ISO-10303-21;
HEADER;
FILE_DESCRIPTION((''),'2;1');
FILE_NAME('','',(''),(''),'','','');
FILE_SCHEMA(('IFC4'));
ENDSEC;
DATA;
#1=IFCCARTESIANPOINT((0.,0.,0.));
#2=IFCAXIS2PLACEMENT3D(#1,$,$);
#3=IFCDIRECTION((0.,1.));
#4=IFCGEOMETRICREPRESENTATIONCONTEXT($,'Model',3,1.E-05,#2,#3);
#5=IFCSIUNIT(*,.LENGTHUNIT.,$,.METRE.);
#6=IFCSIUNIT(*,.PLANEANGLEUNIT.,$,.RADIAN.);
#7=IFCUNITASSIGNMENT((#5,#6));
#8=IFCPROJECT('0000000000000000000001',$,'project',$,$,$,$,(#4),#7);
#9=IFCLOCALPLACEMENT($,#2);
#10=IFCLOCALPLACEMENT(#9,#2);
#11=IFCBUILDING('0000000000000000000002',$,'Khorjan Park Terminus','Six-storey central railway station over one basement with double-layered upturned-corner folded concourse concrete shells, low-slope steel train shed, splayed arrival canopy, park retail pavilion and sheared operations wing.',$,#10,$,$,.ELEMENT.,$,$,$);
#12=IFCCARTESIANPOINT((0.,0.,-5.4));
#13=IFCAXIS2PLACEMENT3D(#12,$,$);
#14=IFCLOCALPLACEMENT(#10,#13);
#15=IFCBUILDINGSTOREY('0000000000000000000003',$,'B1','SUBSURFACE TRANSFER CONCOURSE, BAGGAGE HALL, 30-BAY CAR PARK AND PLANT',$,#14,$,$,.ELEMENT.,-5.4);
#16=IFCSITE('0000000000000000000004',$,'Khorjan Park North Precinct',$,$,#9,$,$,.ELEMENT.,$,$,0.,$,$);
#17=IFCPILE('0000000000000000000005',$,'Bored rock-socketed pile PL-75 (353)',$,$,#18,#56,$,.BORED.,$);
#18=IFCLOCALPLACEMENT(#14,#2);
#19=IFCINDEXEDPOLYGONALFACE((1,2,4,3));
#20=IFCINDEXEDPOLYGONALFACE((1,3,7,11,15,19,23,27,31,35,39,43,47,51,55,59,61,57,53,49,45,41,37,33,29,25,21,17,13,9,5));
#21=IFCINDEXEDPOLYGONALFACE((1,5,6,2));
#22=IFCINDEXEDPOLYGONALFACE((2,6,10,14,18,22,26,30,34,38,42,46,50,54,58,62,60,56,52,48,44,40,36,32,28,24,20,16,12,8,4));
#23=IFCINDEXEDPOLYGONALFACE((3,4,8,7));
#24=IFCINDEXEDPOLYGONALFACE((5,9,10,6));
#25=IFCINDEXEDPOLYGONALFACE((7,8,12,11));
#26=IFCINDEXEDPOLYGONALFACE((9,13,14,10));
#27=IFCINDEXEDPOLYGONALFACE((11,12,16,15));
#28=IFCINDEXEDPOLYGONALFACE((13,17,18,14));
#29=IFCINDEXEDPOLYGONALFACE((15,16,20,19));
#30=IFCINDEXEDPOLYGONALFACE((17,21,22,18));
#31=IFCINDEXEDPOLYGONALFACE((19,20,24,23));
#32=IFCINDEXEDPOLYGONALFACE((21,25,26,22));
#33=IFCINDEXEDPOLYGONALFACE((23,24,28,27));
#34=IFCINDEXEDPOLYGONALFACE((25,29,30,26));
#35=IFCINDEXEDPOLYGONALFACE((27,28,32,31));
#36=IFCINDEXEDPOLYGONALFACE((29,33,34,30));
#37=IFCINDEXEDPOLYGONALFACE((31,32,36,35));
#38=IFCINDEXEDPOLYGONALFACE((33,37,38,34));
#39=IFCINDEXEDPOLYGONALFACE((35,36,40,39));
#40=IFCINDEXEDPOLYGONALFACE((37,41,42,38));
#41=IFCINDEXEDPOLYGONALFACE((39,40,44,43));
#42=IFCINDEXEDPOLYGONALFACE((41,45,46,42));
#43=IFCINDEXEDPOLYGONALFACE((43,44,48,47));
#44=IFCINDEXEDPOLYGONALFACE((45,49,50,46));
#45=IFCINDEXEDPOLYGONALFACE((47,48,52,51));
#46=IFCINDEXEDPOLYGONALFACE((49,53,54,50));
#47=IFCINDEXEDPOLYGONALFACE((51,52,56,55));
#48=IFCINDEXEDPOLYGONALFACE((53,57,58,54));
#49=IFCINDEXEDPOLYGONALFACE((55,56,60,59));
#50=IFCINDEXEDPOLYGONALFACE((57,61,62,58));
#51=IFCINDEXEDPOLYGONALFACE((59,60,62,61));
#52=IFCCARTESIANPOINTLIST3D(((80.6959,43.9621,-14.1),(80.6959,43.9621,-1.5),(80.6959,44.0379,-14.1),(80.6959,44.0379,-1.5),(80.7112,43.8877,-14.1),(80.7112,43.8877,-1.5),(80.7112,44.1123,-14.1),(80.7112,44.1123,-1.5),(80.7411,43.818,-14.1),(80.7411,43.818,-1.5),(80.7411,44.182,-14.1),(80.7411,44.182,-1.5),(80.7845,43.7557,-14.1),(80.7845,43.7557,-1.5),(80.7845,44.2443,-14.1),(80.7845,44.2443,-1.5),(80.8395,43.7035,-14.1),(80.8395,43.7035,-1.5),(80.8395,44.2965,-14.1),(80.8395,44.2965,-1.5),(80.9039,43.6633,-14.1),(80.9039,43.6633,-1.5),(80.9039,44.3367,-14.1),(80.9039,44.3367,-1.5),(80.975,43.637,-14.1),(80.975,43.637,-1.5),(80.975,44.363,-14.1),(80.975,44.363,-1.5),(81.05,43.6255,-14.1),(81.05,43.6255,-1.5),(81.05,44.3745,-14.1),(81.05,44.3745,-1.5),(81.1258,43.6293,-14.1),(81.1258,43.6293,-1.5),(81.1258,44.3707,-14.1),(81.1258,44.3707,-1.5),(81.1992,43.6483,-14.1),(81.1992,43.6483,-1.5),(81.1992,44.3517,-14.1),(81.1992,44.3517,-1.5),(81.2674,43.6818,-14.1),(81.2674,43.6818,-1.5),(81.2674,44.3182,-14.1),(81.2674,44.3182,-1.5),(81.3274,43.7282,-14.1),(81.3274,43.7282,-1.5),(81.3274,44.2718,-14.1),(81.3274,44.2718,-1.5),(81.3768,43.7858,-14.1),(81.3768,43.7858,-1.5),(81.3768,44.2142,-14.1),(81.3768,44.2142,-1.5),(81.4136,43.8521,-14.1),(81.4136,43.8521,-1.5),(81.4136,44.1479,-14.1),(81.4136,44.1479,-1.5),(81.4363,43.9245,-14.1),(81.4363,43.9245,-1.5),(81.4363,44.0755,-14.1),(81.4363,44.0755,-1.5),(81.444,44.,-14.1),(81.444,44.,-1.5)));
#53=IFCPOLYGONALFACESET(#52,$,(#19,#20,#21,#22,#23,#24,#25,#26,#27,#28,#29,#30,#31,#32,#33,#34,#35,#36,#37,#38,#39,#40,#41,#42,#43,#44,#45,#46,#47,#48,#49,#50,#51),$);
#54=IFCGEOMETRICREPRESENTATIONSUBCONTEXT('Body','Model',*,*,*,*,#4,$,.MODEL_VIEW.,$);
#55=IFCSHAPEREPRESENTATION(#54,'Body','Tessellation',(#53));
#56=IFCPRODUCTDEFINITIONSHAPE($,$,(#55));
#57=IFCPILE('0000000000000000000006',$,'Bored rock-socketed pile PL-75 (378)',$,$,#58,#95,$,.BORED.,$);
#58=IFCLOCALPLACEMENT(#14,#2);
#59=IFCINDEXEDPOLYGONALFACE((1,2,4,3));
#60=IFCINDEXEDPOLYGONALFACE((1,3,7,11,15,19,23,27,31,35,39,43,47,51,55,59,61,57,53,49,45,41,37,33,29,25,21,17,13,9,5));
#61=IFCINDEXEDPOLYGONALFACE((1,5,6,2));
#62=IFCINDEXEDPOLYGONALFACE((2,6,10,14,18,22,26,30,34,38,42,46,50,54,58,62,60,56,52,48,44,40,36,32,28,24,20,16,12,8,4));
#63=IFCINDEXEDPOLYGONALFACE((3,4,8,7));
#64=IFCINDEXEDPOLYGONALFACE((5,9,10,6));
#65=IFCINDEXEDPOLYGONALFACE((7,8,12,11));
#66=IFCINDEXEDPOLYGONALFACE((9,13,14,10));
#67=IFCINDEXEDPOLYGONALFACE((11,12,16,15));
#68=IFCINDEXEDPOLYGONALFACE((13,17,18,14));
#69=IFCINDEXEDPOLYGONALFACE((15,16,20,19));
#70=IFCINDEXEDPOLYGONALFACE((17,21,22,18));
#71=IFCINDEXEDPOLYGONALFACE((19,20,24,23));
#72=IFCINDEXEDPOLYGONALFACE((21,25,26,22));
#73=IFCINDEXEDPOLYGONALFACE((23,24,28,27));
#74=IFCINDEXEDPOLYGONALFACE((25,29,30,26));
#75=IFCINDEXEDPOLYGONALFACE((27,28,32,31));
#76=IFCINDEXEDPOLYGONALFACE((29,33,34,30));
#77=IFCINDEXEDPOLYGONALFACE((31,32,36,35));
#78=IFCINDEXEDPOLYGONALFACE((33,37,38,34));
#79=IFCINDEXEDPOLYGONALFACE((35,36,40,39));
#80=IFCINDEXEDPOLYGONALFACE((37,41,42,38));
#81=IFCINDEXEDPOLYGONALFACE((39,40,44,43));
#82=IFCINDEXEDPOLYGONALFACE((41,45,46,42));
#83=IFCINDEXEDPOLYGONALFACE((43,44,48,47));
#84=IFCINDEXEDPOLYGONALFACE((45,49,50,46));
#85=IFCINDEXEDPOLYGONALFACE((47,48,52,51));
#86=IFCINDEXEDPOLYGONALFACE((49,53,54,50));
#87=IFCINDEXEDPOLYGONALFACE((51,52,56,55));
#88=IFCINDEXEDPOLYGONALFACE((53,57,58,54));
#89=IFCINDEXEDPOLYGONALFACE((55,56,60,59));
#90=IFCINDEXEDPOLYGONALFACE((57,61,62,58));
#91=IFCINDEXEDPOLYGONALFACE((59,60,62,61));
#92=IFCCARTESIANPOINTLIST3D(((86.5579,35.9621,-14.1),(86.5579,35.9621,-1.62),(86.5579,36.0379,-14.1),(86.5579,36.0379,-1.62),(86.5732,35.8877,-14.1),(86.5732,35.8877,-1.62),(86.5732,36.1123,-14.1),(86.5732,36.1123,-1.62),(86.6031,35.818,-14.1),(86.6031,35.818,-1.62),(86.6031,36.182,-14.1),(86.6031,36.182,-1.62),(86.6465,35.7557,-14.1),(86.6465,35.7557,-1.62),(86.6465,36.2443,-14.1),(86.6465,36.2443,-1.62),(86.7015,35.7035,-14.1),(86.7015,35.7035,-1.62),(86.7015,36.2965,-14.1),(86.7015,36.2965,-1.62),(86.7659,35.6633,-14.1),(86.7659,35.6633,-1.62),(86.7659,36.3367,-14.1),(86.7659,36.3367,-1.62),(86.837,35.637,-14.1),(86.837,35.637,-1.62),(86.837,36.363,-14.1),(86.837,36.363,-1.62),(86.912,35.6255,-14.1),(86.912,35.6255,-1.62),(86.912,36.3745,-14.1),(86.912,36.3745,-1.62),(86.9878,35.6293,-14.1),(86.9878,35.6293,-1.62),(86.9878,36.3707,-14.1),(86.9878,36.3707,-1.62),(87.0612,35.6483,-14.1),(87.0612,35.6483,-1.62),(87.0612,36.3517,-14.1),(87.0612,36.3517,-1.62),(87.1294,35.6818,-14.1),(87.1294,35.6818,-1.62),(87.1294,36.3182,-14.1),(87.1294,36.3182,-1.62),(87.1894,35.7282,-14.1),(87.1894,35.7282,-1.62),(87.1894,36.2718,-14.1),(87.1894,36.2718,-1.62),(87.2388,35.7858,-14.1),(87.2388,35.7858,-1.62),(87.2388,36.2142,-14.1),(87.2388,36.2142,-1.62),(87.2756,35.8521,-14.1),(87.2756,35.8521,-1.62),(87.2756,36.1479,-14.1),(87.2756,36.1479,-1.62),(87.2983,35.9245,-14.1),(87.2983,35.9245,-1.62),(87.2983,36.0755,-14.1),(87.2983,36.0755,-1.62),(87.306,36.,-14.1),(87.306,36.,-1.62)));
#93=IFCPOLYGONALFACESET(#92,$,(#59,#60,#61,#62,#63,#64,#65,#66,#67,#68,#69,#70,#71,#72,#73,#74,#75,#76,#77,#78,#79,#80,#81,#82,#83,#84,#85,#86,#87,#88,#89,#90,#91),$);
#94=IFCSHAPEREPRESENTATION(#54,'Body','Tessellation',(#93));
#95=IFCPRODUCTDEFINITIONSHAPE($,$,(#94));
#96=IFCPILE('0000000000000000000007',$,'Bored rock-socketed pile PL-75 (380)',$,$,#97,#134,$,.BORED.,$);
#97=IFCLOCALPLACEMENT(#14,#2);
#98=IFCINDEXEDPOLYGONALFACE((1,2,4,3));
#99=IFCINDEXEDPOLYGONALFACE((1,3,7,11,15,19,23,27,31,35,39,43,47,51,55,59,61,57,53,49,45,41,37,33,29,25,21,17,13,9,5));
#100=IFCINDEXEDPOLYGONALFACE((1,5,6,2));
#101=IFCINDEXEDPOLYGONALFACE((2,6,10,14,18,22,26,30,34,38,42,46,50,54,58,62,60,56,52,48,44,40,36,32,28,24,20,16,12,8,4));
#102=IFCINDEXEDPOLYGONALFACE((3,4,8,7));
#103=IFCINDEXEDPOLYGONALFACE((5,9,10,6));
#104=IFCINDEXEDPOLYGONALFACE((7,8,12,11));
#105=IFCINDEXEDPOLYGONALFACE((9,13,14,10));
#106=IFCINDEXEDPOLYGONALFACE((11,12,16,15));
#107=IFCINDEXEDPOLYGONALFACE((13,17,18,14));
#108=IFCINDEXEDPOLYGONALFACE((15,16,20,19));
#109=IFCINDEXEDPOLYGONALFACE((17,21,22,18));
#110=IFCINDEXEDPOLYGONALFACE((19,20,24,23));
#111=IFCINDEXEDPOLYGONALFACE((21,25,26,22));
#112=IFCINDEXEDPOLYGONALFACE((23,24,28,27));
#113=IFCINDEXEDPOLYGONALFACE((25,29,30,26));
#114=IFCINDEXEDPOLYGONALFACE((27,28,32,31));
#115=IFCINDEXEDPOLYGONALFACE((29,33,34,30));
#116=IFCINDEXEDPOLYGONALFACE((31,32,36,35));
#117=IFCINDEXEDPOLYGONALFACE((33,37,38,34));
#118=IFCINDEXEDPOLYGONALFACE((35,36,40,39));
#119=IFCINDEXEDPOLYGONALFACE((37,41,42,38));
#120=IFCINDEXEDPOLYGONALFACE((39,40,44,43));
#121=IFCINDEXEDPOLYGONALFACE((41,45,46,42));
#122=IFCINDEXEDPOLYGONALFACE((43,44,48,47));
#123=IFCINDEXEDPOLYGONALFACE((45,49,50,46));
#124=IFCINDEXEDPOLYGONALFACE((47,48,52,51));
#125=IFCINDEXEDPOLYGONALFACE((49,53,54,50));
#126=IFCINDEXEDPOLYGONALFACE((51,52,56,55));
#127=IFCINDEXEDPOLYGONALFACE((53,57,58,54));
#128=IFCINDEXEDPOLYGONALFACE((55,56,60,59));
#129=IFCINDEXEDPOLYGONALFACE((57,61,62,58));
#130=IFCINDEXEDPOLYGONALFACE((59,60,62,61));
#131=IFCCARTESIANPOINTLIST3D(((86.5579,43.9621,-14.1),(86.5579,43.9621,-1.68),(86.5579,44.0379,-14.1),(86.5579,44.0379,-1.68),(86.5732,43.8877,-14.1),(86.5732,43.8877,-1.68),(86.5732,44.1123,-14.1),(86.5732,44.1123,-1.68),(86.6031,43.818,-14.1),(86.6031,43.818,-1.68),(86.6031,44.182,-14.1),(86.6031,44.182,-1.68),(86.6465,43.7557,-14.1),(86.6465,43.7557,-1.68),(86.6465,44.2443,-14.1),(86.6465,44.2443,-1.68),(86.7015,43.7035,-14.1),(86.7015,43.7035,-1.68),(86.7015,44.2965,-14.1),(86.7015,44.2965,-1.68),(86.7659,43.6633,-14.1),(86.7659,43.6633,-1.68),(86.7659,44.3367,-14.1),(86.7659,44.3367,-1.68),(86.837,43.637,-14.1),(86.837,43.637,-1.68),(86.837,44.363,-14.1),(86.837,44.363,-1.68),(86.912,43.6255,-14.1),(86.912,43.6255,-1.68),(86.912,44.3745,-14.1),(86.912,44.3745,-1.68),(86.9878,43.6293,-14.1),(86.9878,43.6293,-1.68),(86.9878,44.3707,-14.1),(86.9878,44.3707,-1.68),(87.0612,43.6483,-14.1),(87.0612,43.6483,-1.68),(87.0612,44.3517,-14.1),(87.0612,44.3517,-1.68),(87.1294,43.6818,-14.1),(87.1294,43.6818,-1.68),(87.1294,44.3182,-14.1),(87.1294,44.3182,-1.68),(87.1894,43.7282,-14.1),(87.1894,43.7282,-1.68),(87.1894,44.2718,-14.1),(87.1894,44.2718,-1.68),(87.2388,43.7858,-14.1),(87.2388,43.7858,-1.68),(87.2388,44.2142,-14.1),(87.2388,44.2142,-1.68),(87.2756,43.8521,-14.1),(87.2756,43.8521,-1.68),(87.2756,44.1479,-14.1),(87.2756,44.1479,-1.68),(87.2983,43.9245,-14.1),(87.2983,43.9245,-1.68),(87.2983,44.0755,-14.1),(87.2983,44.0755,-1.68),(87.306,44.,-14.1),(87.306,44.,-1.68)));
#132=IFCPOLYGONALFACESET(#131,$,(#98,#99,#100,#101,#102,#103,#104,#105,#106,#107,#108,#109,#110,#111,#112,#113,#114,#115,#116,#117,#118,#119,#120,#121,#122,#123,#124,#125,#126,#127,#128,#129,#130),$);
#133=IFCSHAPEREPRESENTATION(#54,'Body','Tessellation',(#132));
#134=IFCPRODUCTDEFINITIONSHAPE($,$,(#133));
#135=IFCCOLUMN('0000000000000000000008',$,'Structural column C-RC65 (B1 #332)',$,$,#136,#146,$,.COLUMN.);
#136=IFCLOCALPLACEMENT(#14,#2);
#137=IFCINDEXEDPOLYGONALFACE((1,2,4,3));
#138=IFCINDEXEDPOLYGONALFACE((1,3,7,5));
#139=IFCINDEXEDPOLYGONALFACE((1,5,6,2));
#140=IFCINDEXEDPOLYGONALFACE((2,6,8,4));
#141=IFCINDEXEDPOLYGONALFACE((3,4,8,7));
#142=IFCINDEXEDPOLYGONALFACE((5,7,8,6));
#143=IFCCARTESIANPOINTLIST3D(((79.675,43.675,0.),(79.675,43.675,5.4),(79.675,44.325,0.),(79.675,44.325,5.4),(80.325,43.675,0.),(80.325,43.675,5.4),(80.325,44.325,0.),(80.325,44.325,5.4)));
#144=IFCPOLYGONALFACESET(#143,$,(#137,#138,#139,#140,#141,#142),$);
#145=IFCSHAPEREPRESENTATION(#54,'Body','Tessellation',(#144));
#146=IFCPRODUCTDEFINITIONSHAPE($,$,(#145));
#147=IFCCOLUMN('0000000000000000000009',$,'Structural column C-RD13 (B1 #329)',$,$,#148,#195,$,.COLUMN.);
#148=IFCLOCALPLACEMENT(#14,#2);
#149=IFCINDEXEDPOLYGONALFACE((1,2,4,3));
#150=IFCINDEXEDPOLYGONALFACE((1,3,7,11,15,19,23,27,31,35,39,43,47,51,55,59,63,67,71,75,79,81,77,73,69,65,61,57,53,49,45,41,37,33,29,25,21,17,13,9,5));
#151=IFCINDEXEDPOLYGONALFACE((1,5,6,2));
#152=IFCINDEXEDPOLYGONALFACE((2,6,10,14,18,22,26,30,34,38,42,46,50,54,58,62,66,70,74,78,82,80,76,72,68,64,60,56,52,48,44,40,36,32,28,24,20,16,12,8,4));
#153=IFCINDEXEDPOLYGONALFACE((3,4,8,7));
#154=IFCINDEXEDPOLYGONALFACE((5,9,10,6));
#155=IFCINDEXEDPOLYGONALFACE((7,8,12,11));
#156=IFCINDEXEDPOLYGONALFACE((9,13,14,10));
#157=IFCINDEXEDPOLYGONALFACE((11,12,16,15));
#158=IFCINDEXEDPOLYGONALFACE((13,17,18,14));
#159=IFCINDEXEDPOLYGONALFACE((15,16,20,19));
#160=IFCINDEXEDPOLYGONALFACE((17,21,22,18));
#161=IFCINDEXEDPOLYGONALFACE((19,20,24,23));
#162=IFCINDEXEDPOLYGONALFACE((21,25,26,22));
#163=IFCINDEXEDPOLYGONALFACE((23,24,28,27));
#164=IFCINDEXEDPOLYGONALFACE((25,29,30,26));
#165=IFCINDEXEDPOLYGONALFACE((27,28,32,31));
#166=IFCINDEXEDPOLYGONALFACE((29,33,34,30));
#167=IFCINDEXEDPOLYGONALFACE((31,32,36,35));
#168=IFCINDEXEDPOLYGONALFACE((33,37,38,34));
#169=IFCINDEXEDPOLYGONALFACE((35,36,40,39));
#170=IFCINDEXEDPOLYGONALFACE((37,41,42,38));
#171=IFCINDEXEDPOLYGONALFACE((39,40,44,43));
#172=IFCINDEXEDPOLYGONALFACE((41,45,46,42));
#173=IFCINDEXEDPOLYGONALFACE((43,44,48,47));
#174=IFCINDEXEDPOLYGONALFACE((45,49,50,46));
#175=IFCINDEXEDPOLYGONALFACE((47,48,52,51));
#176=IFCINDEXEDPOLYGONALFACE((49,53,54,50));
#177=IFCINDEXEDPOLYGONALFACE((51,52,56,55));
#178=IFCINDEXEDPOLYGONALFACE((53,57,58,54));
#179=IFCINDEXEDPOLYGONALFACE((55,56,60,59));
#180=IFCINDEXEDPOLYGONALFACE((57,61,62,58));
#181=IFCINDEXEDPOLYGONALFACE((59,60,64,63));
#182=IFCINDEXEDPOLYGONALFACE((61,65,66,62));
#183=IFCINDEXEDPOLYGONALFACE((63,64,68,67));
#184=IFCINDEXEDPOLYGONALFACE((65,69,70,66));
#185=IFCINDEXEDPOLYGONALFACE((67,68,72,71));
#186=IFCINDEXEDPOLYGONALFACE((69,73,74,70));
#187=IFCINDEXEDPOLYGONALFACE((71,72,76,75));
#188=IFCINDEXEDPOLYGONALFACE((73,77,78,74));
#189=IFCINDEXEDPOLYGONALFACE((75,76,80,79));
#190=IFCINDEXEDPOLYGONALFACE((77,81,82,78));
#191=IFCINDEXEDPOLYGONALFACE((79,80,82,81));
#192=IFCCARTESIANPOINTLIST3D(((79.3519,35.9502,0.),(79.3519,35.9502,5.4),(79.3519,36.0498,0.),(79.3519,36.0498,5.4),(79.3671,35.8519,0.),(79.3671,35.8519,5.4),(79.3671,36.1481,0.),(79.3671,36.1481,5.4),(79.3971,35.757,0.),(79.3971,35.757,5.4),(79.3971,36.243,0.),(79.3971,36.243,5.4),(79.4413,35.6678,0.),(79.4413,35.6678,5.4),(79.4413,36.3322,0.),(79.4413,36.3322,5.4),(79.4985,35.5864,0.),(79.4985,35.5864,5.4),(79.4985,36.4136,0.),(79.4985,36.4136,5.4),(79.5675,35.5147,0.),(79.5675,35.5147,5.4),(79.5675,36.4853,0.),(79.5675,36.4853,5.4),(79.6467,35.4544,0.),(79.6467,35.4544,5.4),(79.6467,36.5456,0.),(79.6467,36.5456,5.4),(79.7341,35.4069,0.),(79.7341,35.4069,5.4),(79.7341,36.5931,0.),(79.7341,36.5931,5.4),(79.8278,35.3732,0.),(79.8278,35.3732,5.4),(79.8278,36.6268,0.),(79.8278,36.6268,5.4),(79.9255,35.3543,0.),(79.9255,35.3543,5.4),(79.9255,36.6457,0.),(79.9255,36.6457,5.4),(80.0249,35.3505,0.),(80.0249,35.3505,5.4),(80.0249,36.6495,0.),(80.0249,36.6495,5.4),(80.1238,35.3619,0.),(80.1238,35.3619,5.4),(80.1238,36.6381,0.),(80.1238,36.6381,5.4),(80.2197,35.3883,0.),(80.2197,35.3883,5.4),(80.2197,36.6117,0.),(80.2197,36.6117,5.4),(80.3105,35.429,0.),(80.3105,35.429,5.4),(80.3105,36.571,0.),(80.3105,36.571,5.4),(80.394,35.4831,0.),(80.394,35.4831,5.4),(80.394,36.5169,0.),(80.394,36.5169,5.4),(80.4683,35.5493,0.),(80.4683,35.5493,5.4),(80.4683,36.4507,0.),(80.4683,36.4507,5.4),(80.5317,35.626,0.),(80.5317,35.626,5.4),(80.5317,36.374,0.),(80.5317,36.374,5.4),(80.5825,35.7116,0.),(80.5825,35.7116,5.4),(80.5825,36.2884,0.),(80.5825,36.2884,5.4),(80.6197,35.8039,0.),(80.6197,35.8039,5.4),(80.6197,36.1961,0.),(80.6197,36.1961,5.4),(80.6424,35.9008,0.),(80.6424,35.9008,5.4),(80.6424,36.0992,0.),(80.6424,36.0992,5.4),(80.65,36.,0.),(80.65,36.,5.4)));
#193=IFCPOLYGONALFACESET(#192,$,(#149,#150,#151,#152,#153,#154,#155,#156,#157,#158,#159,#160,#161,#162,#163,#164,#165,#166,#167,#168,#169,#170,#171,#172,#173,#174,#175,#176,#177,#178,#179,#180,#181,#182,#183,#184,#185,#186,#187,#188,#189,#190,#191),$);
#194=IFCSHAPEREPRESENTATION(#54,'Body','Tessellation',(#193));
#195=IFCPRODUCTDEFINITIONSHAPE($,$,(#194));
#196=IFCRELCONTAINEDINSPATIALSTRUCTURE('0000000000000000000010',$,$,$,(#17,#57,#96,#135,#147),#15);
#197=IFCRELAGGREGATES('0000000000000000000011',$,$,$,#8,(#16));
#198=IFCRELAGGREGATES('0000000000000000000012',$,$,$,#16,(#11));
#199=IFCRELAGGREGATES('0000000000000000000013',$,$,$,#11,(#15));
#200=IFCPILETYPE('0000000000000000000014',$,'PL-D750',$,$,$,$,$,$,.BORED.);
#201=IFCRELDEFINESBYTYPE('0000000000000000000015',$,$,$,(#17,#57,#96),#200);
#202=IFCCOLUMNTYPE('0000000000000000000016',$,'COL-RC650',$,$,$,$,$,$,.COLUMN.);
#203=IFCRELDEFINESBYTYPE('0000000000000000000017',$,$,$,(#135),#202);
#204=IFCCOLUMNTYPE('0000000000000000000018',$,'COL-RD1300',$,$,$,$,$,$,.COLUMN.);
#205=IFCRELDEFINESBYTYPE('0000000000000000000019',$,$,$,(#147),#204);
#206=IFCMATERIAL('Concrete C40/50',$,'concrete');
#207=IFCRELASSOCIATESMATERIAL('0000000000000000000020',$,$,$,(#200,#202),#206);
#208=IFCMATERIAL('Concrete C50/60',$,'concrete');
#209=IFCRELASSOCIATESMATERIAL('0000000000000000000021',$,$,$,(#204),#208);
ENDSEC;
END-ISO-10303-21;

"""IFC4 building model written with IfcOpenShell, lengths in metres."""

from ifc_helpers import new_model, si_unit, direction, frame, origin, origin_2d, place, context, subcontext, project, spatial, rectangle, circle, extrude, material, material_profile, profile_set, type_object, element, save


model = new_model("IFC4")

# Units and contexts
model_context = context("Model", 3, precision=1e-05, world=origin(), true_north=direction((0.0, 1.0)))
body_context = subcontext(model_context, "Body", "Model", "MODEL_VIEW")
ifc_project = project(units=[si_unit("LENGTHUNIT", "METRE"), si_unit("PLANEANGLEUNIT", "RADIAN")], contexts=[model_context])

# Site, building, storey
site_placement = place(None, origin())
site = spatial("IfcSite", under=ifc_project, at=site_placement, Name="Khorjan Park North Precinct", CompositionType="ELEMENT", RefElevation=0.0)
building_placement = place(site_placement, origin())
building = spatial("IfcBuilding", under=site, at=building_placement, Name="Khorjan Park Terminus", Description="Six-storey central railway station over one basement with double-layered upturned-corner folded concourse concrete shells, low-slope steel train shed, splayed arrival canopy, park retail pavilion and sheared operations wing.", CompositionType="ELEMENT")
storey_placement = place(building_placement, frame((0.0, 0.0, -5.4)))
storey = spatial("IfcBuildingStorey", under=building, at=storey_placement, Name="B1", Description="SUBSURFACE TRANSFER CONCOURSE, BAGGAGE HALL, 30-BAY CAR PARK AND PLANT", CompositionType="ELEMENT", Elevation=-5.4)

# Shared definitions
ifc_material_1 = material(Name="Concrete C40/50", Category="concrete")

# Piles
ifc_material_profile_1 = material_profile(ifc_material_1, circle(Radius=0.375, at=origin_2d()), Name="BORED D750")
ifc_profile_set_1 = profile_set([ifc_material_profile_1], Name="Concrete C40/50")
pile_type_1 = type_object("IfcPileType", Name="PL-D750", PredefinedType="BORED", material=ifc_profile_set_1)
for number, where, z_axis, x_axis, name in (
    (1, (81.069, 44.0, -1.5), (0.0, 0.0, -1.0), (1.0, 0.0, 0.0), "Bored rock-socketed pile PL-75 (353)"),
):
    element("IfcPile", number, at=place(storey_placement, frame(where, z_axis=z_axis, x_axis=x_axis)), inside=storey, type_object=pile_type_1, Name=name, PredefinedType="BORED", context=body_context, shape_type="SweptSolid", body=[
        extrude(circle(Radius=0.375, at=origin_2d()), origin(), (0.0, 0.0, 1.0), 12.6),
    ])
pile_1_placement = place(storey_placement, frame((86.931, 36.0, -1.62), z_axis=(0.0, 0.0, -1.0), x_axis=(1.0, 0.0, 0.0)))
element("IfcPile", 2, at=pile_1_placement, inside=storey, type_object=pile_type_1, Name="Bored rock-socketed pile PL-75 (378)", PredefinedType="BORED", context=body_context, shape_type="SweptSolid", body=[
    extrude(circle(Radius=0.375, at=origin_2d()), origin(), (0.0, 0.0, 1.0), 12.48),
])
pile_2_placement = place(storey_placement, frame((86.931, 44.0, -1.68), z_axis=(0.0, 0.0, -1.0), x_axis=(1.0, 0.0, 0.0)))
element("IfcPile", 3, at=pile_2_placement, inside=storey, type_object=pile_type_1, Name="Bored rock-socketed pile PL-75 (380)", PredefinedType="BORED", context=body_context, shape_type="SweptSolid", body=[
    extrude(circle(Radius=0.375, at=origin_2d()), origin(), (0.0, 0.0, 1.0), 12.42),
])

# Columns
ifc_material_profile_2 = material_profile(ifc_material_1, rectangle(XDim=0.65, YDim=0.65, at=origin_2d()), Name="RC 650x650")
ifc_profile_set_2 = profile_set([ifc_material_profile_2], Name="Concrete C40/50")
column_type_1 = type_object("IfcColumnType", Name="COL-RC650", PredefinedType="COLUMN", material=ifc_profile_set_2)
column_1_placement = place(storey_placement, frame((80.0, 44.0, 0.0), z_axis=(0.0, 0.0, 1.0), x_axis=(1.0, 0.0, 0.0)))
element("IfcColumn", 4, at=column_1_placement, inside=storey, type_object=column_type_1, Name="Structural column C-RC65 (B1 #332)", PredefinedType="COLUMN", context=body_context, shape_type="SweptSolid", body=[
    extrude(rectangle(XDim=0.65, YDim=0.65, at=origin_2d()), origin(), (0.0, 0.0, 1.0), 5.4),
])
ifc_material_2 = material(Name="Concrete C50/60", Category="concrete")
ifc_material_profile_3 = material_profile(ifc_material_2, circle(Radius=0.65, at=origin_2d()), Name="RC D1300")
ifc_profile_set_3 = profile_set([ifc_material_profile_3], Name="Concrete C50/60")
column_type_2 = type_object("IfcColumnType", Name="COL-RD1300", PredefinedType="COLUMN", material=ifc_profile_set_3)
column_2_placement = place(storey_placement, frame((80.0, 36.0, 0.0), z_axis=(0.0, 0.0, 1.0), x_axis=(1.0, 0.0, 0.0)))
element("IfcColumn", 5, at=column_2_placement, inside=storey, type_object=column_type_2, Name="Structural column C-RD13 (B1 #329)", PredefinedType="COLUMN", context=body_context, shape_type="SweptSolid", body=[
    extrude(circle(Radius=0.65, at=origin_2d()), origin(), (0.0, 0.0, 1.0), 5.4),
])

save(model, "model.ifc")
